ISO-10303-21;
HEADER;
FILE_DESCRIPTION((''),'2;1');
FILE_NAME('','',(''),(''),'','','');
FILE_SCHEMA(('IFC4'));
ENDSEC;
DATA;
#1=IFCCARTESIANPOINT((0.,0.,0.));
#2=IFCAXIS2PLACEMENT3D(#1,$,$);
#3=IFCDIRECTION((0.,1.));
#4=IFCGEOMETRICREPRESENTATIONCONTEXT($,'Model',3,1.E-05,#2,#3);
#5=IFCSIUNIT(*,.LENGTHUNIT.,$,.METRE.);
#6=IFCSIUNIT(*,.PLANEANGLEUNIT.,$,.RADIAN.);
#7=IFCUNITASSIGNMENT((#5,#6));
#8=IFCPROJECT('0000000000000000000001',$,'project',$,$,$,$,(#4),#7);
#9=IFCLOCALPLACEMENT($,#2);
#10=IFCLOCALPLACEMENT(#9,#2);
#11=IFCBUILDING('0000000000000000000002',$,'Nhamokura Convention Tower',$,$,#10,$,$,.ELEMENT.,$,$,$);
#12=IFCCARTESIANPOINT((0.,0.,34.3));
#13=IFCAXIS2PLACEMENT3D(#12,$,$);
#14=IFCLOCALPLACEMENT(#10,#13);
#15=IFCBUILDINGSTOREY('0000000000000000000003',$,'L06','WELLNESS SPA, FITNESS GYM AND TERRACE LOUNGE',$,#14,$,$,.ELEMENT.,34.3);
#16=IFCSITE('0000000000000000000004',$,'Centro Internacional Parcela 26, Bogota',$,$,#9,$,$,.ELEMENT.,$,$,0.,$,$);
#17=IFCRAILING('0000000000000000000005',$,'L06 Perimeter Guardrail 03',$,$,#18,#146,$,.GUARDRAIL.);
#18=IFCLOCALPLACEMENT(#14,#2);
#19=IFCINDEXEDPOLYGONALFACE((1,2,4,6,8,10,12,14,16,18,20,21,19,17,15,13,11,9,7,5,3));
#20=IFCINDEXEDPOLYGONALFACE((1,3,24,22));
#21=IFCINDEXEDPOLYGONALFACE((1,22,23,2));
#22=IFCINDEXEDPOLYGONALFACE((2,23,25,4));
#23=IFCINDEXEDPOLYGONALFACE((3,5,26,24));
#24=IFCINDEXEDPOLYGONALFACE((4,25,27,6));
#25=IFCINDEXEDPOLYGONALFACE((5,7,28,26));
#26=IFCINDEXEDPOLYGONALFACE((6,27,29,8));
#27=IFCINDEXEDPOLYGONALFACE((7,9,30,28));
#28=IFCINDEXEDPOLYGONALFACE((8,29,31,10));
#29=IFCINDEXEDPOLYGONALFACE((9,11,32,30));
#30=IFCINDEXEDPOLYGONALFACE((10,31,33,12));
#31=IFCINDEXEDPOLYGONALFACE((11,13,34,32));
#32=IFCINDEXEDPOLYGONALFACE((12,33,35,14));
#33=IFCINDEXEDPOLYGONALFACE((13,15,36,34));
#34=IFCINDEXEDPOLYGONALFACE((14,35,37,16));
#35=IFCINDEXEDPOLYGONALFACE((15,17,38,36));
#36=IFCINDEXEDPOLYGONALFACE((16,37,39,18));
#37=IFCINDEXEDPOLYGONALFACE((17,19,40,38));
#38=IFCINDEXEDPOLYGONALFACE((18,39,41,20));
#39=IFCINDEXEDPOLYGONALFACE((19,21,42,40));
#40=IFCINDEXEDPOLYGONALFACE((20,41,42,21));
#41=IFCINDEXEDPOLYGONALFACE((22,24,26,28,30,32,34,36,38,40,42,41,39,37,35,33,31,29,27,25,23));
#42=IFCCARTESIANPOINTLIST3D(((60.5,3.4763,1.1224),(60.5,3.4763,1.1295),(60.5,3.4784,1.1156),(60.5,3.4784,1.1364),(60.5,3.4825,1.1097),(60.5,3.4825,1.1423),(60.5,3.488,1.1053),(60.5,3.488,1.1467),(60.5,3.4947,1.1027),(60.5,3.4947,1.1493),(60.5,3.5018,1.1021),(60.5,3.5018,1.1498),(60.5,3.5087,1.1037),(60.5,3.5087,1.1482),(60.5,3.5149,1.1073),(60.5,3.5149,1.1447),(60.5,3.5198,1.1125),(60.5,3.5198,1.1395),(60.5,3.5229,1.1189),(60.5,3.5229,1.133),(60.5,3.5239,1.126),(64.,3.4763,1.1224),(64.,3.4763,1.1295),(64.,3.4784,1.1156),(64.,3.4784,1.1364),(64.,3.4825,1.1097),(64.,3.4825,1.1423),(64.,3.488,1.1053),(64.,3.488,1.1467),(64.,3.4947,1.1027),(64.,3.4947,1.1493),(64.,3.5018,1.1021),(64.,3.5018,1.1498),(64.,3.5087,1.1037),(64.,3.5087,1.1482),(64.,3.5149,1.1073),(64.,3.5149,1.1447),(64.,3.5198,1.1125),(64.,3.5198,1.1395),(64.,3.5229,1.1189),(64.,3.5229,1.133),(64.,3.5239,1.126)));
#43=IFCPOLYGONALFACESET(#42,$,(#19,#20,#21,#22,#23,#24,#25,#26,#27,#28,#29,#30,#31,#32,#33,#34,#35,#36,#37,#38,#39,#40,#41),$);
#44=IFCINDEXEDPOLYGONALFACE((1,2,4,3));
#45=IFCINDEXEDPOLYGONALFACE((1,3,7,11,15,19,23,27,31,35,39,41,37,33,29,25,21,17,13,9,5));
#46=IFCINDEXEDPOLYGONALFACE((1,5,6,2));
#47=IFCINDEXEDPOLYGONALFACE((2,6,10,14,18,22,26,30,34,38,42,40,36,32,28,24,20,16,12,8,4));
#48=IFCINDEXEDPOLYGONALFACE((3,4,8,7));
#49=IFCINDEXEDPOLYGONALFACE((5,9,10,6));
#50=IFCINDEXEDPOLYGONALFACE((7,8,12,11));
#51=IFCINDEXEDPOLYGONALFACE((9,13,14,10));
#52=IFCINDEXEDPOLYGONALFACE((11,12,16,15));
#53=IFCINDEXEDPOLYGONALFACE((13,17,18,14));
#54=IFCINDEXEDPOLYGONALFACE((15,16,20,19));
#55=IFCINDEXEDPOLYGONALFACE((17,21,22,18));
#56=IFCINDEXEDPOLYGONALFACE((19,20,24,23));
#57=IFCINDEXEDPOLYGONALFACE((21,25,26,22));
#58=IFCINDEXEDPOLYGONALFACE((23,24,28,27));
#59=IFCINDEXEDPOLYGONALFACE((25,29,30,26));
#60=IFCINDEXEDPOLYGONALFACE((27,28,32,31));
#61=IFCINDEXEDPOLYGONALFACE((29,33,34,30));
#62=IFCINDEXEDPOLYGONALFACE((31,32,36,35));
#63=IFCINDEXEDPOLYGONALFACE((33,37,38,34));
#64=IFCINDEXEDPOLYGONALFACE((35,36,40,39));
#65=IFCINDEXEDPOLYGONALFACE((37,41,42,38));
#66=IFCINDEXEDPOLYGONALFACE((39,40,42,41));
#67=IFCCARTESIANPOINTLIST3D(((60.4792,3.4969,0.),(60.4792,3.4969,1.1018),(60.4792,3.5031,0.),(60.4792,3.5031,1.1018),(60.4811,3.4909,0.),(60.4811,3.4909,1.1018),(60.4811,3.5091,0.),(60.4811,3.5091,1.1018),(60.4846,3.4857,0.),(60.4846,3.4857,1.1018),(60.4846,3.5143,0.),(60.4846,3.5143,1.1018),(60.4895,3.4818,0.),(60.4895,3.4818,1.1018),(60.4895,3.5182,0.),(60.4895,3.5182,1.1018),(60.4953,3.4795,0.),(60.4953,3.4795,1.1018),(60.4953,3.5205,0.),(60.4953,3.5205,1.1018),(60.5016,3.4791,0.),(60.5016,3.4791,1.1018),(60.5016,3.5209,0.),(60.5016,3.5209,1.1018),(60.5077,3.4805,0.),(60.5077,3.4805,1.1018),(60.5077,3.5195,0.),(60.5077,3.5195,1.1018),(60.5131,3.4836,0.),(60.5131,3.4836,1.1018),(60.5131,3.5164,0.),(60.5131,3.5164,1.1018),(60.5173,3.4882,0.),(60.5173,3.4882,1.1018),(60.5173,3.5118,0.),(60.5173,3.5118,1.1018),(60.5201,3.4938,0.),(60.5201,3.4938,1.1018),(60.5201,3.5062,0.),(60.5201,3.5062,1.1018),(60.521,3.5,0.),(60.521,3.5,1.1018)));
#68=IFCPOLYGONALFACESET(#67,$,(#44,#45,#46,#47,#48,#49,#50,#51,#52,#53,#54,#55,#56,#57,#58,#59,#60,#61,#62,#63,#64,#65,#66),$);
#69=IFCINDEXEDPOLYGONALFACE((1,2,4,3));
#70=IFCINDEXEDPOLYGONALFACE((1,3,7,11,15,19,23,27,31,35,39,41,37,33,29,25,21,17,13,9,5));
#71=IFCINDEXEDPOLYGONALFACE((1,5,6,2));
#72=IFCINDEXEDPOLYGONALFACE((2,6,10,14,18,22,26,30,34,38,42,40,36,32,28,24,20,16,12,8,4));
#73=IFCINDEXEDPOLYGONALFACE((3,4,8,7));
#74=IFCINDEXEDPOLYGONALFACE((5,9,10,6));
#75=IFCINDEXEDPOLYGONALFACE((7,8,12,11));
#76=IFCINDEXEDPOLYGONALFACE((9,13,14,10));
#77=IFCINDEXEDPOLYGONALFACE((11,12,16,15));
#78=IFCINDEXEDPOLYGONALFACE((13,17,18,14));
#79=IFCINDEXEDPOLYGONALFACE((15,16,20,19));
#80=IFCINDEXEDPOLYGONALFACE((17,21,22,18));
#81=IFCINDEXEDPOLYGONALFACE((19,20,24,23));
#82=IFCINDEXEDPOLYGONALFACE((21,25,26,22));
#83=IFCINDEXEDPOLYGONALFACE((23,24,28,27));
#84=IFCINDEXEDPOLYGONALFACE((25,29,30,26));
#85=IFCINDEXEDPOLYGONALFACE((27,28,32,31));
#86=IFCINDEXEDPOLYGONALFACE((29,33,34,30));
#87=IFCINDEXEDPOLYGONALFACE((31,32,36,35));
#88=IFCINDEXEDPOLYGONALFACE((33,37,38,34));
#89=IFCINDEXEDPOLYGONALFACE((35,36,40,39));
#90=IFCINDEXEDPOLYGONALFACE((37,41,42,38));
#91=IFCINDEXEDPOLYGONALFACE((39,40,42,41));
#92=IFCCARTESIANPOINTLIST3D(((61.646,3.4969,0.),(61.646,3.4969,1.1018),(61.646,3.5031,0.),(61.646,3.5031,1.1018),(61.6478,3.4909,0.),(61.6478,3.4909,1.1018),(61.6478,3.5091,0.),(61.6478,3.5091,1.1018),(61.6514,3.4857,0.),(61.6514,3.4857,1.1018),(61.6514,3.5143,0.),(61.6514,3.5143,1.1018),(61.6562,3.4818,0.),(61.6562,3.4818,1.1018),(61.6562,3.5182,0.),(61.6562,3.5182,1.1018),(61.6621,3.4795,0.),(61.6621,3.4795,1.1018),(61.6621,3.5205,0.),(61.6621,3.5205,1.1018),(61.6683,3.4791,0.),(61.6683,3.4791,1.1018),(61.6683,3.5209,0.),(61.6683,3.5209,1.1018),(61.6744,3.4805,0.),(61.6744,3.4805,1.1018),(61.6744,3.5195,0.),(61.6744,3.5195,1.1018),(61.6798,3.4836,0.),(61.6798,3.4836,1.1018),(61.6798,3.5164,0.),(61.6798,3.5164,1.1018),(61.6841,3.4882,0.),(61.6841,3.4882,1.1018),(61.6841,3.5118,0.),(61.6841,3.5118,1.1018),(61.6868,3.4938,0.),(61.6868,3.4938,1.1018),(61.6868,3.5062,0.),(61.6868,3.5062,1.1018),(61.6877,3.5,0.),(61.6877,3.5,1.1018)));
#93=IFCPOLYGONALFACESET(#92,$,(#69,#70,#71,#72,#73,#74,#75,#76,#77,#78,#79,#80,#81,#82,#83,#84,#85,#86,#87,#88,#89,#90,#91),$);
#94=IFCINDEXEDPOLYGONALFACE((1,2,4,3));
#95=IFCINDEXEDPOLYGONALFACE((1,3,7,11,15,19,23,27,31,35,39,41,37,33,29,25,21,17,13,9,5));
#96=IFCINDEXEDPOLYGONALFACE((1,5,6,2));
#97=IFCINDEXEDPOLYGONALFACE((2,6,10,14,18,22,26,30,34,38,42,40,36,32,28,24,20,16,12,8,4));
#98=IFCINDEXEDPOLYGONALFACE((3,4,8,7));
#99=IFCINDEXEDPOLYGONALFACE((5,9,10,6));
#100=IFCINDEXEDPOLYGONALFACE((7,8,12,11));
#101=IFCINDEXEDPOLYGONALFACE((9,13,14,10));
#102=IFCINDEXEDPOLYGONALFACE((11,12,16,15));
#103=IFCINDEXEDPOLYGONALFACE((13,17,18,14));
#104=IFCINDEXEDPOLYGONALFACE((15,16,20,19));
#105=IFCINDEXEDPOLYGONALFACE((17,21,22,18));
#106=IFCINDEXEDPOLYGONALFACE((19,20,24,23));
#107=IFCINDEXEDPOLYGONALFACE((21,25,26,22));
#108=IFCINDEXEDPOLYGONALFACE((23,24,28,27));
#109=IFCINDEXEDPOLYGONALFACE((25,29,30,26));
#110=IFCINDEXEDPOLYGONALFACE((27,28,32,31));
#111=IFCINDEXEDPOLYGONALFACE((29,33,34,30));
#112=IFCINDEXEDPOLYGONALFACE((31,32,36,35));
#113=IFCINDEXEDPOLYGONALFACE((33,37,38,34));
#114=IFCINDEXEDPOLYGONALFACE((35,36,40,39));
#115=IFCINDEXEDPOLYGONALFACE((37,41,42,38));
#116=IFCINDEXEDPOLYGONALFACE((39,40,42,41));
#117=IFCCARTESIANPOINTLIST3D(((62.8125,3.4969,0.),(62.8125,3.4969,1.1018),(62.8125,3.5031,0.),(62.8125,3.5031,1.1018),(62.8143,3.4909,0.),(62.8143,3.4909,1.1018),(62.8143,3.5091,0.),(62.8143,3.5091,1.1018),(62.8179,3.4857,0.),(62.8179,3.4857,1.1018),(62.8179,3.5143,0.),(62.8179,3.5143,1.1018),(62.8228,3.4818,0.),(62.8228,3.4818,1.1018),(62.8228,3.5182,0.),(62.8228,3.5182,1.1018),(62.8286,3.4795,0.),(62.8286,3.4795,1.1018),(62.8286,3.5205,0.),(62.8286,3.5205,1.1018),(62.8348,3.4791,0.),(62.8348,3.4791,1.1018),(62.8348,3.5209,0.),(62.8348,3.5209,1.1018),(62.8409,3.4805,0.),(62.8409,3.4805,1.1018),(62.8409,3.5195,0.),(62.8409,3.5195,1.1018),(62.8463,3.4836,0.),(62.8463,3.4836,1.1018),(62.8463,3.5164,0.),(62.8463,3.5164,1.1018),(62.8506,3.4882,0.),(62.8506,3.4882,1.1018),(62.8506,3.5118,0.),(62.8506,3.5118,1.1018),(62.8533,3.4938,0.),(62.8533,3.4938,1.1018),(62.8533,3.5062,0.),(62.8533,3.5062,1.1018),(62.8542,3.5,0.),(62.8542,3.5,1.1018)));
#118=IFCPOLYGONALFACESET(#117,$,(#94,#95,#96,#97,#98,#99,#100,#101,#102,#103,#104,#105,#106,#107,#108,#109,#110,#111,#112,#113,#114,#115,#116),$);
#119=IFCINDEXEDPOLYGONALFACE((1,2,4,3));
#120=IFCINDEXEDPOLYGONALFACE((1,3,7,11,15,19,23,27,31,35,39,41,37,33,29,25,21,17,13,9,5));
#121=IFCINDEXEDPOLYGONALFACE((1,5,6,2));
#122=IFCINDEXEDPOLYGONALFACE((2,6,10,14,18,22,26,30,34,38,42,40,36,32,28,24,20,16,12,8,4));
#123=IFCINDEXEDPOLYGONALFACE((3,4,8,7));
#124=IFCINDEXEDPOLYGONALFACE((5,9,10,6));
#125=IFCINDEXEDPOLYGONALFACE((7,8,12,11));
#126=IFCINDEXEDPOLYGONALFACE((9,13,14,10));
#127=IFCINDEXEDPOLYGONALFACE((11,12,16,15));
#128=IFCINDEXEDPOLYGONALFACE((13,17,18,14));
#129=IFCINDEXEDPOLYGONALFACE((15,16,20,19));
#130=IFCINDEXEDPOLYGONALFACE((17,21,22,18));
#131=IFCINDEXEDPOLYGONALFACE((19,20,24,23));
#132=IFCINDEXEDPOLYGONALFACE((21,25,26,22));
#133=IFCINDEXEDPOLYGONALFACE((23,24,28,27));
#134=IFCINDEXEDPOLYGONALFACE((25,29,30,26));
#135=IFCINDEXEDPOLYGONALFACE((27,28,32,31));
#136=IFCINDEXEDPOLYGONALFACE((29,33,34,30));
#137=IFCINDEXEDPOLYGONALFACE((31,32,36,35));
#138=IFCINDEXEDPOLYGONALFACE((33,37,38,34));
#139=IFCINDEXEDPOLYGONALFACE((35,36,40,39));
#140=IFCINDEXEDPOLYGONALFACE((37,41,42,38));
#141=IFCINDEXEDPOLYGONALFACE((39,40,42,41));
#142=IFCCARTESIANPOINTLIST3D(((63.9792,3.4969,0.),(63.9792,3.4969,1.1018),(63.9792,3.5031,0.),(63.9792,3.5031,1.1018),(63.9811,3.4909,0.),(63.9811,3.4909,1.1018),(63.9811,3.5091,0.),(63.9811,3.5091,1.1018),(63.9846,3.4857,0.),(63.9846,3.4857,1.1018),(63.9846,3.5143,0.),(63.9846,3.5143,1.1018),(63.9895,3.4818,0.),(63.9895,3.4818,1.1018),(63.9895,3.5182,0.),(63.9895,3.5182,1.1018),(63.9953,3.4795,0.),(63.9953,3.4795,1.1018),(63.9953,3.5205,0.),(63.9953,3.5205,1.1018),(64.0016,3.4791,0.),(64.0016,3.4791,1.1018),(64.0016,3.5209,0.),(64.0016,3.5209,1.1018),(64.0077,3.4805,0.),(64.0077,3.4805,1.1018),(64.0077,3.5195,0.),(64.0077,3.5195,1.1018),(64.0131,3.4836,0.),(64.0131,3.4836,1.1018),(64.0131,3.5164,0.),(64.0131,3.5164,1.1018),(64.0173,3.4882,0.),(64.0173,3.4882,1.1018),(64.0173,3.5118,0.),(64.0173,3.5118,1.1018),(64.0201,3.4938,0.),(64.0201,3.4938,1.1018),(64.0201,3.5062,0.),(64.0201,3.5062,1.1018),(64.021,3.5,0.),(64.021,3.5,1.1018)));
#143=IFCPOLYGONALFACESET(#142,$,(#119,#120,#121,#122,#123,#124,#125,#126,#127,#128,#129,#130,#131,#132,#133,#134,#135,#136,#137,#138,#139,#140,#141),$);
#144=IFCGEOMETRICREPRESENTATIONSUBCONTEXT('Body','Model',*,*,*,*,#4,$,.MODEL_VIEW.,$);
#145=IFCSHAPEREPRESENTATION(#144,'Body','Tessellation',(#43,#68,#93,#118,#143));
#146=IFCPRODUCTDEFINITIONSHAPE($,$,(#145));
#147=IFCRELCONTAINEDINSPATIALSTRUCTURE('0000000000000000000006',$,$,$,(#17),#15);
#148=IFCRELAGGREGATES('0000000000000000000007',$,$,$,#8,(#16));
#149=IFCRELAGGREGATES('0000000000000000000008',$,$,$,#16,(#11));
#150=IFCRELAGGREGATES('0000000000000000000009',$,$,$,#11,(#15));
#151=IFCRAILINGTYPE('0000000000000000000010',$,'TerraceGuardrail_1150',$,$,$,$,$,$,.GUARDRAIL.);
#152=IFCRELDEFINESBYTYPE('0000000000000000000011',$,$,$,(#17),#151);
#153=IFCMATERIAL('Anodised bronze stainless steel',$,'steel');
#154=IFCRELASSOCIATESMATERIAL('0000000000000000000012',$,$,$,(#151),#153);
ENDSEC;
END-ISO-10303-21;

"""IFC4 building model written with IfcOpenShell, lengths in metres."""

from ifc_helpers import new_model, si_unit, direction, frame, origin, origin_2d, place, context, subcontext, project, spatial, circle, extrude, material, type_object, element, save


model = new_model("IFC4")

# Units and contexts
model_context = context("Model", 3, precision=1e-05, world=origin(), true_north=direction((0.0, 1.0)))
body_context = subcontext(model_context, "Body", "Model", "MODEL_VIEW")
ifc_project = project(units=[si_unit("LENGTHUNIT", "METRE"), si_unit("PLANEANGLEUNIT", "RADIAN")], contexts=[model_context])

# Site, building, storey
site_placement = place(None, origin())
site = spatial("IfcSite", under=ifc_project, at=site_placement, Name="Centro Internacional Parcela 26, Bogota", CompositionType="ELEMENT", RefElevation=0.0)
building_placement = place(site_placement, origin())
building = spatial("IfcBuilding", under=site, at=building_placement, Name="Nhamokura Convention Tower", CompositionType="ELEMENT")
storey_placement = place(building_placement, frame((0.0, 0.0, 34.3)))
storey = spatial("IfcBuildingStorey", under=building, at=storey_placement, Name="L06", Description="WELLNESS SPA, FITNESS GYM AND TERRACE LOUNGE", CompositionType="ELEMENT", Elevation=34.3)

# Railing
ifc_material_1 = material(Name="Anodised bronze stainless steel", Category="steel")
railing_type = type_object("IfcRailingType", Name="TerraceGuardrail_1150", PredefinedType="GUARDRAIL", material=ifc_material_1)
railing_1_placement = place(storey_placement, frame((60.5, 3.5, 0.0)))
element("IfcRailing", 1, at=railing_1_placement, inside=storey, type_object=railing_type, Name="L06 Perimeter Guardrail 03", PredefinedType="GUARDRAIL", context=body_context, shape_type="SweptSolid", body=[
    extrude(circle(Radius=0.0239, at=origin_2d()), frame((0.0, 0.0, 1.126), z_axis=(1.0, 0.0, 0.0), x_axis=(0.0, 1.0, 0.0)), (0.0, 0.0, 1.0), 3.5),
    extrude(circle(Radius=0.021, at=origin_2d()), origin(), (0.0, 0.0, 1.0), 1.1018),
    extrude(circle(Radius=0.021, at=origin_2d()), frame((1.1667, 0.0, 0.0)), (0.0, 0.0, 1.0), 1.1018),
    extrude(circle(Radius=0.021, at=origin_2d()), frame((2.3333, 0.0, 0.0)), (0.0, 0.0, 1.0), 1.1018),
    extrude(circle(Radius=0.021, at=origin_2d()), frame((3.5, 0.0, 0.0)), (0.0, 0.0, 1.0), 1.1018),
])

save(model, "model.ifc")
